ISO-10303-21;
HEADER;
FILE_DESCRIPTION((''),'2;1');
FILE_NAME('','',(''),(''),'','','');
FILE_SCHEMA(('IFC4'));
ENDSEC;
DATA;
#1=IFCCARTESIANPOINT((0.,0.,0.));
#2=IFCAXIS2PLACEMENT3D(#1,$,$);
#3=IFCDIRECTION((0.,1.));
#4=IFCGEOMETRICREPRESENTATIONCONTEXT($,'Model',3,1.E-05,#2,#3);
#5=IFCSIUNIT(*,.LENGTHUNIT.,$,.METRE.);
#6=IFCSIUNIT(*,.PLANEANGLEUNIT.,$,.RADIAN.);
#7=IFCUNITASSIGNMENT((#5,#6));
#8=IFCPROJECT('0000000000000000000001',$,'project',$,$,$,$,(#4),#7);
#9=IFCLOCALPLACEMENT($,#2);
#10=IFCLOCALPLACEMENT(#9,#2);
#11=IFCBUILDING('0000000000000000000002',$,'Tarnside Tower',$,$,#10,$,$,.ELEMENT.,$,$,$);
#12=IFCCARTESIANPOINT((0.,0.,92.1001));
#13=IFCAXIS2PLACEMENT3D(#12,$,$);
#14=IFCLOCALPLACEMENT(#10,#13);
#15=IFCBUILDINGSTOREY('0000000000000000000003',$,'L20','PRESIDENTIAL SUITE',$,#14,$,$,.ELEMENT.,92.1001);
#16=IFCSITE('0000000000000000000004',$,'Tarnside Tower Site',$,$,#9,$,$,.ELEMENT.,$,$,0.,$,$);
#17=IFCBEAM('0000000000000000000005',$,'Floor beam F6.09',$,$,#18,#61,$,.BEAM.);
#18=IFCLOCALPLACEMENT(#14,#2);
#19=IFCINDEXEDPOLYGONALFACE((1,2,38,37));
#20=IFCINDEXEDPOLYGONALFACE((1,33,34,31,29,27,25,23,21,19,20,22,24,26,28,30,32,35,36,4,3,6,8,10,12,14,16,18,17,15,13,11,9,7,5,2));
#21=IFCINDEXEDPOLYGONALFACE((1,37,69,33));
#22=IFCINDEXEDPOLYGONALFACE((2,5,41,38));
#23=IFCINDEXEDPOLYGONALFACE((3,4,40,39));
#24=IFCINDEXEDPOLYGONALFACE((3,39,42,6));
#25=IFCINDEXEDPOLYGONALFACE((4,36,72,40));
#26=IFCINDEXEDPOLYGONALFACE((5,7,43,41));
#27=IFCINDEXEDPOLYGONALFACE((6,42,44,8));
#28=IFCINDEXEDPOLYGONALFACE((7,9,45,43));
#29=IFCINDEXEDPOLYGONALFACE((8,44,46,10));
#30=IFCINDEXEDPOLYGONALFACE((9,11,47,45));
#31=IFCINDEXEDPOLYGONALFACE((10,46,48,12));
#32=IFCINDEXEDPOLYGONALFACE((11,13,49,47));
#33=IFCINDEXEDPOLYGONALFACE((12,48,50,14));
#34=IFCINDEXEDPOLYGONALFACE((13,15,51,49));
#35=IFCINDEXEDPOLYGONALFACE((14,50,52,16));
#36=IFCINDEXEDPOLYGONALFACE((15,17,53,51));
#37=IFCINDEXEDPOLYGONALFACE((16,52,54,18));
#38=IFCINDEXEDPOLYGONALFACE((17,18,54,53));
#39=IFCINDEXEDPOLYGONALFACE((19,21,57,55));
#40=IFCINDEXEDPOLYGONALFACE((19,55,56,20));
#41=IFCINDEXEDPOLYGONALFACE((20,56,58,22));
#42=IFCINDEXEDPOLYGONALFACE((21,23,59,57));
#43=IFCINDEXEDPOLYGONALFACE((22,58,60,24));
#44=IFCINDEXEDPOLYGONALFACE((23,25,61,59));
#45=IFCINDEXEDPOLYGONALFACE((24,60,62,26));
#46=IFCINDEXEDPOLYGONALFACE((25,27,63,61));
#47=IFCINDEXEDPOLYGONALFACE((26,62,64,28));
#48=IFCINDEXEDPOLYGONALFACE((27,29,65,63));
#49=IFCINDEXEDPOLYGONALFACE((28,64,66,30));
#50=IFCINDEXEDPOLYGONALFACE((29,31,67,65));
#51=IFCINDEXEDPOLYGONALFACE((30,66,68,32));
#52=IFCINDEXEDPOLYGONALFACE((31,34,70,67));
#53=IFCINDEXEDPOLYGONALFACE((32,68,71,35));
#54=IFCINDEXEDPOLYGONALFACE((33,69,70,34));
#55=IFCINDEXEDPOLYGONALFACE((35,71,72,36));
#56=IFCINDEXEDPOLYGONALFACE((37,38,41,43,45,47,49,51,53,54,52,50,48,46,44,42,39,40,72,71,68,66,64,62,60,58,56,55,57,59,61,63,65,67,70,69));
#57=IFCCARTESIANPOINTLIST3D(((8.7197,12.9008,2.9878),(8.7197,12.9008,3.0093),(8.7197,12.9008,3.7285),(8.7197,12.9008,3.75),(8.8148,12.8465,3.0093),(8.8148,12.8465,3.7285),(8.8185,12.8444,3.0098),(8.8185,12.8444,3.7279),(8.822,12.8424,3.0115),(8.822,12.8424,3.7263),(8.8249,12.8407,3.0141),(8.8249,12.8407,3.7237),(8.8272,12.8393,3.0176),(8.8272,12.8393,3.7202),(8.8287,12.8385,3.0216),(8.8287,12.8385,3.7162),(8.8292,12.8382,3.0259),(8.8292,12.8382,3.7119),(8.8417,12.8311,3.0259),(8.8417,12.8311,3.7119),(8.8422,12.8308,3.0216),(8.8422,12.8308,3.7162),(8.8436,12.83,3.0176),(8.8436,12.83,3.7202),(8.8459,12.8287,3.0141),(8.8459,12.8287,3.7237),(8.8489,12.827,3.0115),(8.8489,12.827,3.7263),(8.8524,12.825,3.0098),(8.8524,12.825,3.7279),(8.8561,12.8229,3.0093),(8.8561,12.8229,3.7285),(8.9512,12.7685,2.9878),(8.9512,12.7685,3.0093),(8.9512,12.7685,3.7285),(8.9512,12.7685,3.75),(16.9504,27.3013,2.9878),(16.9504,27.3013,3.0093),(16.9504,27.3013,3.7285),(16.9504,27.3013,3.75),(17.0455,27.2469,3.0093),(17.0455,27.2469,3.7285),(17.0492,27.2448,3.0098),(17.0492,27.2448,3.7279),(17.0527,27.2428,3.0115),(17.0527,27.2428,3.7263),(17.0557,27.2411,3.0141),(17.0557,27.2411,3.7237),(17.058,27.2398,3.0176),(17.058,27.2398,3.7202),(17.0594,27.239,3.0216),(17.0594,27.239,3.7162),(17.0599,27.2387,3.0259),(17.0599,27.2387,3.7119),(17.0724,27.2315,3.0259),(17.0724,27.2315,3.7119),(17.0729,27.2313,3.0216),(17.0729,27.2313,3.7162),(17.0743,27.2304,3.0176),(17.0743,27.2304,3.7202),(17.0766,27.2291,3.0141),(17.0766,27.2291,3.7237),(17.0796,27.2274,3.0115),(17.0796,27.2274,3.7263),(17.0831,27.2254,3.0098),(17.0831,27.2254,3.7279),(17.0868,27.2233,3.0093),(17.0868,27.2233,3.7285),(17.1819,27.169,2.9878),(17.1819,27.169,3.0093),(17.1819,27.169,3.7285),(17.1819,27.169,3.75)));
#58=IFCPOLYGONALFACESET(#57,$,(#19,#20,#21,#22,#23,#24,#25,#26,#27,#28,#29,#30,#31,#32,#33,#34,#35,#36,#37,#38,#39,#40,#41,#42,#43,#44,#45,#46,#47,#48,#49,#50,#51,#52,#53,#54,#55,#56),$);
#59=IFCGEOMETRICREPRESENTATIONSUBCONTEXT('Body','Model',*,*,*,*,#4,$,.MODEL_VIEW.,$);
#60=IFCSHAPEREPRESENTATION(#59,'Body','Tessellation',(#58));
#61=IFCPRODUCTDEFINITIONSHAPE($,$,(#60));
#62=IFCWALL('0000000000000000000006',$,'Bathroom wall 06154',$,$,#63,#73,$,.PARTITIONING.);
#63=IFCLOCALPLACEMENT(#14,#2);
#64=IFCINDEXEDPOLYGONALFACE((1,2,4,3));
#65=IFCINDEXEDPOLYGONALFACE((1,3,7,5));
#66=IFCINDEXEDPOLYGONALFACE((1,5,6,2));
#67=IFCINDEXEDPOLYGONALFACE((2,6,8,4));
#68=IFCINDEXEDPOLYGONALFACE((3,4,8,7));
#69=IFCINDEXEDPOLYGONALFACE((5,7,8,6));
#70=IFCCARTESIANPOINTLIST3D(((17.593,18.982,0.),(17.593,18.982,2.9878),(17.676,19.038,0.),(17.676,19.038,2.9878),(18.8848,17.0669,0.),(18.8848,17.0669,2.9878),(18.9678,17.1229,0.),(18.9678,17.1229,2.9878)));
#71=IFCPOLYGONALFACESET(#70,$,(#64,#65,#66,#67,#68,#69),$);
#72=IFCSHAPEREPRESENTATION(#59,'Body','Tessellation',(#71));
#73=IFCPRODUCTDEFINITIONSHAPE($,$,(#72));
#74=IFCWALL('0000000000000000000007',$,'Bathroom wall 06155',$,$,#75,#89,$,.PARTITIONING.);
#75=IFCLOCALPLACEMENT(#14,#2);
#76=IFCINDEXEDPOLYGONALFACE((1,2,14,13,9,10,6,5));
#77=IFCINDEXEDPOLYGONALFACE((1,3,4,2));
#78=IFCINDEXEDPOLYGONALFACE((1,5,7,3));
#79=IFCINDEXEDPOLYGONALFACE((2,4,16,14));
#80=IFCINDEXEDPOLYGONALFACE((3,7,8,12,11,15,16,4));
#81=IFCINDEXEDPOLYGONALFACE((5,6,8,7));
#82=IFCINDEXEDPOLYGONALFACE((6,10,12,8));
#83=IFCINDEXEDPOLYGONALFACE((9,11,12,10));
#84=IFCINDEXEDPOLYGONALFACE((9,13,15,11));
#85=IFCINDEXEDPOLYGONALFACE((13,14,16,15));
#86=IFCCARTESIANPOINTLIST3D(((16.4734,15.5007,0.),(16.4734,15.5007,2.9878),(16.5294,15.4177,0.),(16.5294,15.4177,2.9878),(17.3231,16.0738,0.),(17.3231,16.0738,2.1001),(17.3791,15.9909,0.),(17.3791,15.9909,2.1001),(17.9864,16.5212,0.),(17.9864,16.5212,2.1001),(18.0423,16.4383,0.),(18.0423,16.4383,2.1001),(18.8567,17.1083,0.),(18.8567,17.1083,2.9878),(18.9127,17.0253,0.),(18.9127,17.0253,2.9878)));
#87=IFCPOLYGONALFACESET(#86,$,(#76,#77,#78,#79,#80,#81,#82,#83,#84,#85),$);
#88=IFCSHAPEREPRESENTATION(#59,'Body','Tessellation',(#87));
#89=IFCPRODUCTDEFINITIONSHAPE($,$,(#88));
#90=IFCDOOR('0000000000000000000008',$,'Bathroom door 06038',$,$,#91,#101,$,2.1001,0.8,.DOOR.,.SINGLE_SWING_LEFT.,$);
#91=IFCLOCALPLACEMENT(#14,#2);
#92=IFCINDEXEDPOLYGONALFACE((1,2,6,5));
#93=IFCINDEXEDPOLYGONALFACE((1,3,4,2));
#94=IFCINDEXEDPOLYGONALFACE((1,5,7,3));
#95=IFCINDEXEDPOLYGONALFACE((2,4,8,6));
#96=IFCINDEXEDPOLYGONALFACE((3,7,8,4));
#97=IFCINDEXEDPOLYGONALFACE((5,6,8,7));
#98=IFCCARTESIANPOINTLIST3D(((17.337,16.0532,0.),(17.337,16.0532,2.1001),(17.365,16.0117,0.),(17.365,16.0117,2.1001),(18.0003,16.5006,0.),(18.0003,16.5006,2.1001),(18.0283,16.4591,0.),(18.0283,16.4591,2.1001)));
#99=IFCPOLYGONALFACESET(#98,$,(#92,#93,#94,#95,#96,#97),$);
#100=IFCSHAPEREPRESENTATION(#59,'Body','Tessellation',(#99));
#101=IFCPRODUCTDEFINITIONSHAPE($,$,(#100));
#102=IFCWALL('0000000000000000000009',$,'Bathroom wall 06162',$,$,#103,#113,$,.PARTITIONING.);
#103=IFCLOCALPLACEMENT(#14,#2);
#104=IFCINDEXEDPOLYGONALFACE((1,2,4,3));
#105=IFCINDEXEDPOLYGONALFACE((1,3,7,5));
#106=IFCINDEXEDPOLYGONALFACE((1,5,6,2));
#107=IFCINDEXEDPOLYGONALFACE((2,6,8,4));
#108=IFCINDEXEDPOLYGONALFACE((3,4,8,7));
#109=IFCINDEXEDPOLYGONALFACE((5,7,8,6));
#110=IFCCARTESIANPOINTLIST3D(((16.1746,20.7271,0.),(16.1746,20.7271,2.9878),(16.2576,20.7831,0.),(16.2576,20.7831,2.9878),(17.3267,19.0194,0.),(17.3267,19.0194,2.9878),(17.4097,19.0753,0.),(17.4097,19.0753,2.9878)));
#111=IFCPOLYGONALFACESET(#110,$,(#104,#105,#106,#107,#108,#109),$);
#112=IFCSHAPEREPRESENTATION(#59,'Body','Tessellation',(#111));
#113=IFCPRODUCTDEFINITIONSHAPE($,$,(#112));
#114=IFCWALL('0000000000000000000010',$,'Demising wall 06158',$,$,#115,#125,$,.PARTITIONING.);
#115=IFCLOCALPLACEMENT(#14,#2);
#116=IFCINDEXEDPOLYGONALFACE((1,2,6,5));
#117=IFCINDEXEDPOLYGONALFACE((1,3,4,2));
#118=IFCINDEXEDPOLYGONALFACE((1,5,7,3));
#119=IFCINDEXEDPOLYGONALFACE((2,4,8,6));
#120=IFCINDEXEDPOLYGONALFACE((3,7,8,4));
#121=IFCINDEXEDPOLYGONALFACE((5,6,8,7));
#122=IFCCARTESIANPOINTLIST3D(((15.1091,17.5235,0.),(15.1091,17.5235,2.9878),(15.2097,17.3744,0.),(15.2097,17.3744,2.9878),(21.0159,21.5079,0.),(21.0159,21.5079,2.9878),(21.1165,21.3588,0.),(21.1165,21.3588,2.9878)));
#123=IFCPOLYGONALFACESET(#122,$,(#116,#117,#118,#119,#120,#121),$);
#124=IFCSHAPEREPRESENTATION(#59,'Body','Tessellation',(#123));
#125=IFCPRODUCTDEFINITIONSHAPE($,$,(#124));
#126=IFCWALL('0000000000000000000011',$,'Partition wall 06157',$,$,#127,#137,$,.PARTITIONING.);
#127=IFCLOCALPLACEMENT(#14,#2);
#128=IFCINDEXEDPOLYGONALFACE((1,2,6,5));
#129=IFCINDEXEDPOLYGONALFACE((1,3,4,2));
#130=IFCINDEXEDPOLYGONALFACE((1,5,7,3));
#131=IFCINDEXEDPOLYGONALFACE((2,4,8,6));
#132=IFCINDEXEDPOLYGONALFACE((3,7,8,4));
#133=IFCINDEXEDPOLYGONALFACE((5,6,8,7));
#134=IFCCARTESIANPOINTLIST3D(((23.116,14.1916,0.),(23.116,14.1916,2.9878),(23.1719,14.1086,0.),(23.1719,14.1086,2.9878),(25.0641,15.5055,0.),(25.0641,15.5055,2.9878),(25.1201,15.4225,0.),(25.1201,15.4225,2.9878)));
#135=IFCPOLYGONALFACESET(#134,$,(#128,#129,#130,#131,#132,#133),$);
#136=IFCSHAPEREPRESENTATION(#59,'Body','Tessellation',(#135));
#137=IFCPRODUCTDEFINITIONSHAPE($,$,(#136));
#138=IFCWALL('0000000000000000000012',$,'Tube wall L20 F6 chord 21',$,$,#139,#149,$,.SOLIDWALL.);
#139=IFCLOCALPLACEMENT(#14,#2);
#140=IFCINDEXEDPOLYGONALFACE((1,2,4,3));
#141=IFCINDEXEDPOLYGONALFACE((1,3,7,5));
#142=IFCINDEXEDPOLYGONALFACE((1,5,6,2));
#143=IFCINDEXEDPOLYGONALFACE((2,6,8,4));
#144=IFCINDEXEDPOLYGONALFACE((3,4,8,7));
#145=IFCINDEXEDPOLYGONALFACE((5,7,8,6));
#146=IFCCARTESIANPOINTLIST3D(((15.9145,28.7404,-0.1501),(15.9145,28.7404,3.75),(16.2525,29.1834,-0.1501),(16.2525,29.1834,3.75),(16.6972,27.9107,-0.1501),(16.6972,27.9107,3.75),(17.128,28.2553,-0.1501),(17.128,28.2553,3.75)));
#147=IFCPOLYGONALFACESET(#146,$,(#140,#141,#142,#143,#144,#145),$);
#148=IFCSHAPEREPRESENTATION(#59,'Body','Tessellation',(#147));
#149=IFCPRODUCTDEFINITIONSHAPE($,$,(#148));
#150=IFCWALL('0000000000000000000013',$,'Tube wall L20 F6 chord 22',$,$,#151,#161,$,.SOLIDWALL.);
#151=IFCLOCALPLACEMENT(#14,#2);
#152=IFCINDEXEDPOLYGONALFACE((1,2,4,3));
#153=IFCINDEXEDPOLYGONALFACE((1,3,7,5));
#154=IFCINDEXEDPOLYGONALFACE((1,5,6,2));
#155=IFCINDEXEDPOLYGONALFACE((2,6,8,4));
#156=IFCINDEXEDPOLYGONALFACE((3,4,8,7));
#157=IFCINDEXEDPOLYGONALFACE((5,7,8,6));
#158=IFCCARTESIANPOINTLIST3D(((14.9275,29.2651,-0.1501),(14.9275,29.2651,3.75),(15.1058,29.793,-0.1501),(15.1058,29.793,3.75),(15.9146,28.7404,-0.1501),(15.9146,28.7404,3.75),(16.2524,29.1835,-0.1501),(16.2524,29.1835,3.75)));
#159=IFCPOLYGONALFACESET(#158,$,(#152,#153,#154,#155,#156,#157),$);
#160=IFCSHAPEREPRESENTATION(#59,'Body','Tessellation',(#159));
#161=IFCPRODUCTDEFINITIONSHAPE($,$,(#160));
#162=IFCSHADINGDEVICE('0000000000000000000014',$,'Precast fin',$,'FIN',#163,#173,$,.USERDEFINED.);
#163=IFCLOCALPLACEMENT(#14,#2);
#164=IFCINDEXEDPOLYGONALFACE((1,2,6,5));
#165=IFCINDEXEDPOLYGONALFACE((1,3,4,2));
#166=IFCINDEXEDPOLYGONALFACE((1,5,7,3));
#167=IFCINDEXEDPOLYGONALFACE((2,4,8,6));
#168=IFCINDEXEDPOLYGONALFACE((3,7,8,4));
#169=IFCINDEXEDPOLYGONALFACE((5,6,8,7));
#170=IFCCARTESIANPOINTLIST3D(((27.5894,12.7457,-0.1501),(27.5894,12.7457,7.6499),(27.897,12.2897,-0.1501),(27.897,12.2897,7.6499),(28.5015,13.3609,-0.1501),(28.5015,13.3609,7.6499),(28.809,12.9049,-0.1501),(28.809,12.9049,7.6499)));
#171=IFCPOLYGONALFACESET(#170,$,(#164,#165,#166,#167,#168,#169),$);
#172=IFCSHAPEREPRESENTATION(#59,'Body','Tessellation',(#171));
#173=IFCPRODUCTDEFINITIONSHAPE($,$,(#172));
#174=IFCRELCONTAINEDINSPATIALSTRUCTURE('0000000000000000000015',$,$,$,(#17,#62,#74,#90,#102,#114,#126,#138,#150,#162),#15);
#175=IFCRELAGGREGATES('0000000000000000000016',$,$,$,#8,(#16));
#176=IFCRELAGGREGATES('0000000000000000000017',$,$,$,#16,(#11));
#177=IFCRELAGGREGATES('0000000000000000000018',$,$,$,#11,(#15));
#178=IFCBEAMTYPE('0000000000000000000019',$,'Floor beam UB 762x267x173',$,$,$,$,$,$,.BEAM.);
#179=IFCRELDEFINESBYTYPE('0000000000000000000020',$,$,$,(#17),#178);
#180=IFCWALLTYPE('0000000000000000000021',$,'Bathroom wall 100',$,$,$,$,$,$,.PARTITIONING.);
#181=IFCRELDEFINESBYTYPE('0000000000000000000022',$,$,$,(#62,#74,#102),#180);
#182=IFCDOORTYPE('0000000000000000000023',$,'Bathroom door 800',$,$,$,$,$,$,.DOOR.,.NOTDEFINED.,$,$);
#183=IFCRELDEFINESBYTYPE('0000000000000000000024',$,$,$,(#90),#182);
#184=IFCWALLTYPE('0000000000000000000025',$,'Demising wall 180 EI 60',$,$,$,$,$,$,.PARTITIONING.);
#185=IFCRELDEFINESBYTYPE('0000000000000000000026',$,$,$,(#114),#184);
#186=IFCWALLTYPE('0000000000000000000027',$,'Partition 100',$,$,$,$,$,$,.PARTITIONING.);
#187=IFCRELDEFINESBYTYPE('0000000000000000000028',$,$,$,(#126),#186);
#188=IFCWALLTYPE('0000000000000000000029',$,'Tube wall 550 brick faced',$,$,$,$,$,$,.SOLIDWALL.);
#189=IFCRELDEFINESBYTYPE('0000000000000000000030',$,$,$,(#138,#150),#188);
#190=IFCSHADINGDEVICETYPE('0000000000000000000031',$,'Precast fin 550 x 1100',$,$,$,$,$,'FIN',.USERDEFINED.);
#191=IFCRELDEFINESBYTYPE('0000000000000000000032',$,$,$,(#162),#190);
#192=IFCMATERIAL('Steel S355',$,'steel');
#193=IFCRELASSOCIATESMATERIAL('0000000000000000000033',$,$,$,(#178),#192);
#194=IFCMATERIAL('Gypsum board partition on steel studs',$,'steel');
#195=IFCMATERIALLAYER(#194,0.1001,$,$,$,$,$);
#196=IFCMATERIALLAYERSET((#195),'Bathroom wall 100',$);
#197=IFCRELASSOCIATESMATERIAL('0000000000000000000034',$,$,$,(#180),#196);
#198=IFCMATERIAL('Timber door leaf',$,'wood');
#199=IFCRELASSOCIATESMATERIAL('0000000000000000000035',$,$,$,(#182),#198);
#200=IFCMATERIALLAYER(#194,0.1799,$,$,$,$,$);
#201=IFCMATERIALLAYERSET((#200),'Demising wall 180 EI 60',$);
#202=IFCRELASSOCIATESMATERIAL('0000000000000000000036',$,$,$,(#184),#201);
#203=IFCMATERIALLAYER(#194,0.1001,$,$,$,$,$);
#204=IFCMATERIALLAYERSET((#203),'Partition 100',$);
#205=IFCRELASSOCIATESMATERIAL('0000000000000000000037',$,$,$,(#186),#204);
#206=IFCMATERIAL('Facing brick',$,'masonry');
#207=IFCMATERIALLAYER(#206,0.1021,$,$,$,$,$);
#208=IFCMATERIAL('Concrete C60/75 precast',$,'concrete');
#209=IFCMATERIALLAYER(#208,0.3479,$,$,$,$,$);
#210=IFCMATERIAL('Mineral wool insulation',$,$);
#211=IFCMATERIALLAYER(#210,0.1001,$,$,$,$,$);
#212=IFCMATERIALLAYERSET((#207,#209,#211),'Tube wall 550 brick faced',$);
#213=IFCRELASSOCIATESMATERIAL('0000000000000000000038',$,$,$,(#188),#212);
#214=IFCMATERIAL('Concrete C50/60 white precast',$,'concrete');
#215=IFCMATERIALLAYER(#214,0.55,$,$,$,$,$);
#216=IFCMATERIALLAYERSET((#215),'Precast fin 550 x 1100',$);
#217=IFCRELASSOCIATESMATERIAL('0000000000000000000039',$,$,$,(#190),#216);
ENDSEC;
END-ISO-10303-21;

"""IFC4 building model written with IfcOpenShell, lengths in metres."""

from ifc_helpers import new_model, si_unit, direction, frame, frame_2d, origin, origin_2d, place, context, subcontext, project, spatial, polyline, rectangle, i_section, outline, extrude, material, layer, layer_set, material_profile, profile_set, type_object, element, fill, save


model = new_model("IFC4")

# Units and contexts
model_context = context("Model", 3, precision=1e-05, world=origin(), true_north=direction((0.0, 1.0)))
body_context = subcontext(model_context, "Body", "Model", "MODEL_VIEW")
ifc_project = project(units=[si_unit("LENGTHUNIT", "METRE"), si_unit("PLANEANGLEUNIT", "RADIAN")], contexts=[model_context])

# Site, building, storey
site_placement = place(None, origin())
site = spatial("IfcSite", under=ifc_project, at=site_placement, Name="Tarnside Tower Site", CompositionType="ELEMENT", RefElevation=0.0)
building_placement = place(site_placement, origin())
building = spatial("IfcBuilding", under=site, at=building_placement, Name="Tarnside Tower", CompositionType="ELEMENT")
storey_placement = place(building_placement, frame((0.0, 0.0, 92.1001)))
storey = spatial("IfcBuildingStorey", under=building, at=storey_placement, Name="L20", Description="PRESIDENTIAL SUITE", CompositionType="ELEMENT", Elevation=92.1001)

# Beam
ifc_material_1 = material(Name="Steel S355", Category="steel")
ifc_material_profile_1 = material_profile(ifc_material_1, i_section(OverallWidth=0.2666, OverallDepth=0.7622, WebThickness=0.0144, FlangeThickness=0.0215, FilletRadius=0.0166, at=origin_2d()), Name="UB 762x267x173")
ifc_profile_set_1 = profile_set([ifc_material_profile_1], Name="Steel S355")
beam_type_1 = type_object("IfcBeamType", Name="Floor beam UB 762x267x173", PredefinedType="BEAM", material=ifc_profile_set_1)
beam_1_placement = place(storey_placement, frame((17.0662, 27.2351, 3.3689), z_axis=(-0.496226, -0.868193, 0.0), x_axis=(0.868193, -0.496226, 0.0)))
element("IfcBeam", 1, at=beam_1_placement, inside=storey, type_object=beam_type_1, Name="Floor beam F6.09", PredefinedType="BEAM", context=body_context, shape_type="SweptSolid", body=[
    extrude(i_section(OverallWidth=0.2666, OverallDepth=0.7622, WebThickness=0.0144, FlangeThickness=0.0215, FilletRadius=0.0166, at=origin_2d()), origin(), (0.0, 0.0, 1.0), 16.5867),
])

# Wall
ifc_material_2 = material(Name="Gypsum board partition on steel studs", Category="steel")
ifc_layer_1 = layer(ifc_material_2, 0.1001)
ifc_layer_set_1 = layer_set([ifc_layer_1], Name="Bathroom wall 100")
wall_type_1 = type_object("IfcWallType", Name="Bathroom wall 100", PredefinedType="PARTITIONING", material=ifc_layer_set_1)
wall_1_placement = place(storey_placement, frame((17.6345, 19.01, 0.0), z_axis=(0.0, 0.0, 1.0), x_axis=(0.559204, -0.82903, 0.0)))
element("IfcWall", 2, at=wall_1_placement, inside=storey, type_object=wall_type_1, Name="Bathroom wall 06154", PredefinedType="PARTITIONING", context=body_context, shape_type="SweptSolid", body=[
    extrude(rectangle(XDim=2.3101, YDim=0.1001, at=frame_2d((1.155, 0.0))), origin(), (0.0, 0.0, 1.0), 2.9878),
])

# Wall, opening, door
wall_2_placement = place(storey_placement, frame((18.8848, 17.0669, 0.0), z_axis=(0.0, 0.0, 1.0), x_axis=(-0.82902, -0.559219, 0.0)))
wall_2 = element("IfcWall", 3, at=wall_2_placement, inside=storey, type_object=wall_type_1, Name="Bathroom wall 06155", PredefinedType="PARTITIONING", context=body_context, shape_type="SweptSolid", body=[
    extrude(rectangle(XDim=2.8748, YDim=0.1001, at=frame_2d((1.4375, 0.0))), origin(), (0.0, 0.0, 1.0), 2.9878),
])
opening_placement = place(wall_2_placement, frame((1.05, 0.0, 0.0)))
opening = element("IfcOpeningElement", 4, at=opening_placement, cuts=wall_2, PredefinedType="OPENING", context=body_context, shape_type="SweptSolid", body=[
    extrude(rectangle(XDim=0.8, YDim=2.1001, at=frame_2d((0.3999, 1.05))), frame((0.0, 0.0601, 0.0), z_axis=(0.0, -1.0, 0.0), x_axis=(1.0, 0.0, 0.0)), (0.0, 0.0, 1.0), 0.1201),
])
ifc_material_3 = material(Name="Timber door leaf", Category="wood")
door_type = type_object("IfcDoorType", Name="Bathroom door 800", OperationType="NOTDEFINED", PredefinedType="DOOR", material=ifc_material_3)
door_placement = place(opening_placement, origin())
door = element("IfcDoor", 5, at=door_placement, inside=storey, type_object=door_type, Name="Bathroom door 06038", OperationType="SINGLE_SWING_LEFT", OverallHeight=2.1001, OverallWidth=0.8, PredefinedType="DOOR", context=body_context, shape_type="SweptSolid", body=[
    extrude(rectangle(XDim=0.8, YDim=2.1001, at=frame_2d((0.3999, 1.05))), frame((0.0, 0.0249, 0.0), z_axis=(0.0, -1.0, 0.0), x_axis=(1.0, 0.0, 0.0)), (0.0, 0.0, 1.0), 0.05),
])
fill(opening, door)

# Walls
wall_3_placement = place(storey_placement, frame((16.2161, 20.7551, 0.0), z_axis=(0.0, 0.0, 1.0), x_axis=(0.559259, -0.828993, 0.0)))
element("IfcWall", 6, at=wall_3_placement, inside=storey, type_object=wall_type_1, Name="Bathroom wall 06162", PredefinedType="PARTITIONING", context=body_context, shape_type="SweptSolid", body=[
    extrude(rectangle(XDim=2.0601, YDim=0.1001, at=frame_2d((1.03, 0.0))), origin(), (0.0, 0.0, 1.0), 2.9878),
])
ifc_layer_2 = layer(ifc_material_2, 0.1799)
ifc_layer_set_2 = layer_set([ifc_layer_2], Name="Demising wall 180 EI 60")
wall_type_2 = type_object("IfcWallType", Name="Demising wall 180 EI 60", PredefinedType="PARTITIONING", material=ifc_layer_set_2)
wall_4_placement = place(storey_placement, frame((21.0662, 21.4333, 0.0), z_axis=(0.0, 0.0, 1.0), x_axis=(-0.829023, -0.559215, 0.0)))
element("IfcWall", 7, at=wall_4_placement, inside=storey, type_object=wall_type_2, Name="Demising wall 06158", PredefinedType="PARTITIONING", context=body_context, shape_type="SweptSolid", body=[
    extrude(rectangle(XDim=7.125, YDim=0.1799, at=frame_2d((3.5625, 0.0))), origin(), (0.0, 0.0, 1.0), 2.9878),
])
ifc_layer_3 = layer(ifc_material_2, 0.1001)
ifc_layer_set_3 = layer_set([ifc_layer_3], Name="Partition 100")
wall_type_3 = type_object("IfcWallType", Name="Partition 100", PredefinedType="PARTITIONING", material=ifc_layer_set_3)
wall_5_placement = place(storey_placement, frame((23.144, 14.1501, 0.0), z_axis=(0.0, 0.0, 1.0), x_axis=(0.829065, 0.559152, 0.0)))
element("IfcWall", 8, at=wall_5_placement, inside=storey, type_object=wall_type_3, Name="Partition wall 06157", PredefinedType="PARTITIONING", context=body_context, shape_type="SweptSolid", body=[
    extrude(rectangle(XDim=2.3499, YDim=0.1001, at=frame_2d((1.1748, 0.0))), origin(), (0.0, 0.0, 1.0), 2.9878),
])
ifc_material_4 = material(Name="Facing brick", Category="masonry")
ifc_layer_4 = layer(ifc_material_4, 0.1021)
ifc_material_5 = material(Name="Concrete C60/75 precast", Category="concrete")
ifc_layer_5 = layer(ifc_material_5, 0.3479)
ifc_material_6 = material(Name="Mineral wool insulation")
ifc_layer_6 = layer(ifc_material_6, 0.1001)
ifc_layer_set_4 = layer_set([ifc_layer_4, ifc_layer_5, ifc_layer_6], Name="Tube wall 550 brick faced")
wall_type_4 = type_object("IfcWallType", Name="Tube wall 550 brick faced", PredefinedType="SOLIDWALL", material=ifc_layer_set_4)
wall_6_placement = place(storey_placement, frame((16.9126, 28.083, -0.1501), z_axis=(0.0, 0.0, 1.0), x_axis=(-0.686196, 0.727416, 0.0)))
element("IfcWall", 9, at=wall_6_placement, inside=storey, type_object=wall_type_4, Name="Tube wall L20 F6 chord 21", PredefinedType="SOLIDWALL", context=body_context, shape_type="SweptSolid", body=[
    extrude(outline(polyline([(-0.0225, -0.2749), (1.2534, -0.2749), (1.1631, 0.2749), (0.0225, 0.2749), (-0.0225, -0.2749)])), origin(), (0.0, 0.0, 1.0), 3.9001),
])
wall_7_placement = place(storey_placement, frame((16.0835, 28.9619, -0.1501), z_axis=(0.0, 0.0, 1.0), x_axis=(-0.882995, 0.469382, 0.0)))
element("IfcWall", 10, at=wall_7_placement, inside=storey, type_object=wall_type_4, Name="Tube wall L20 F6 chord 22", PredefinedType="SOLIDWALL", context=body_context, shape_type="SweptSolid", body=[
    extrude(outline(polyline([(-0.0452, -0.2749), (1.2534, -0.2749), (1.1631, 0.2749), (0.0452, 0.2749), (-0.0452, -0.2749)])), origin(), (0.0, 0.0, 1.0), 3.9001),
])

# Shading device
ifc_material_7 = material(Name="Concrete C50/60 white precast", Category="concrete")
ifc_layer_7 = layer(ifc_material_7, 0.55)
ifc_layer_set_5 = layer_set([ifc_layer_7], Name="Precast fin 550 x 1100")
shading_device_type_1 = type_object("IfcShadingDeviceType", Name="Precast fin 550 x 1100", ElementType="FIN", PredefinedType="USERDEFINED", material=ifc_layer_set_5)
for number, where, z_axis, x_axis, name in (
    (11, (27.7432, 12.5178, -0.1501), (0.559193, -0.829038, 0.0), (0.829038, 0.559193, 0.0), "Precast fin"),
):
    element("IfcShadingDevice", number, at=place(storey_placement, frame(where, z_axis=z_axis, x_axis=x_axis)), inside=storey, type_object=shading_device_type_1, Name=name, ObjectType="FIN", PredefinedType="USERDEFINED", context=body_context, shape_type="SweptSolid", body=[
        extrude(outline(polyline([(0.0, 0.0), (1.1001, 0.0), (1.1001, 7.8), (0.0, 7.8), (0.0, 0.0)])), frame((0.0, 0.0, -0.2749)), (0.0, 0.0, 1.0), 0.55),
    ])

save(model, "model.ifc")
